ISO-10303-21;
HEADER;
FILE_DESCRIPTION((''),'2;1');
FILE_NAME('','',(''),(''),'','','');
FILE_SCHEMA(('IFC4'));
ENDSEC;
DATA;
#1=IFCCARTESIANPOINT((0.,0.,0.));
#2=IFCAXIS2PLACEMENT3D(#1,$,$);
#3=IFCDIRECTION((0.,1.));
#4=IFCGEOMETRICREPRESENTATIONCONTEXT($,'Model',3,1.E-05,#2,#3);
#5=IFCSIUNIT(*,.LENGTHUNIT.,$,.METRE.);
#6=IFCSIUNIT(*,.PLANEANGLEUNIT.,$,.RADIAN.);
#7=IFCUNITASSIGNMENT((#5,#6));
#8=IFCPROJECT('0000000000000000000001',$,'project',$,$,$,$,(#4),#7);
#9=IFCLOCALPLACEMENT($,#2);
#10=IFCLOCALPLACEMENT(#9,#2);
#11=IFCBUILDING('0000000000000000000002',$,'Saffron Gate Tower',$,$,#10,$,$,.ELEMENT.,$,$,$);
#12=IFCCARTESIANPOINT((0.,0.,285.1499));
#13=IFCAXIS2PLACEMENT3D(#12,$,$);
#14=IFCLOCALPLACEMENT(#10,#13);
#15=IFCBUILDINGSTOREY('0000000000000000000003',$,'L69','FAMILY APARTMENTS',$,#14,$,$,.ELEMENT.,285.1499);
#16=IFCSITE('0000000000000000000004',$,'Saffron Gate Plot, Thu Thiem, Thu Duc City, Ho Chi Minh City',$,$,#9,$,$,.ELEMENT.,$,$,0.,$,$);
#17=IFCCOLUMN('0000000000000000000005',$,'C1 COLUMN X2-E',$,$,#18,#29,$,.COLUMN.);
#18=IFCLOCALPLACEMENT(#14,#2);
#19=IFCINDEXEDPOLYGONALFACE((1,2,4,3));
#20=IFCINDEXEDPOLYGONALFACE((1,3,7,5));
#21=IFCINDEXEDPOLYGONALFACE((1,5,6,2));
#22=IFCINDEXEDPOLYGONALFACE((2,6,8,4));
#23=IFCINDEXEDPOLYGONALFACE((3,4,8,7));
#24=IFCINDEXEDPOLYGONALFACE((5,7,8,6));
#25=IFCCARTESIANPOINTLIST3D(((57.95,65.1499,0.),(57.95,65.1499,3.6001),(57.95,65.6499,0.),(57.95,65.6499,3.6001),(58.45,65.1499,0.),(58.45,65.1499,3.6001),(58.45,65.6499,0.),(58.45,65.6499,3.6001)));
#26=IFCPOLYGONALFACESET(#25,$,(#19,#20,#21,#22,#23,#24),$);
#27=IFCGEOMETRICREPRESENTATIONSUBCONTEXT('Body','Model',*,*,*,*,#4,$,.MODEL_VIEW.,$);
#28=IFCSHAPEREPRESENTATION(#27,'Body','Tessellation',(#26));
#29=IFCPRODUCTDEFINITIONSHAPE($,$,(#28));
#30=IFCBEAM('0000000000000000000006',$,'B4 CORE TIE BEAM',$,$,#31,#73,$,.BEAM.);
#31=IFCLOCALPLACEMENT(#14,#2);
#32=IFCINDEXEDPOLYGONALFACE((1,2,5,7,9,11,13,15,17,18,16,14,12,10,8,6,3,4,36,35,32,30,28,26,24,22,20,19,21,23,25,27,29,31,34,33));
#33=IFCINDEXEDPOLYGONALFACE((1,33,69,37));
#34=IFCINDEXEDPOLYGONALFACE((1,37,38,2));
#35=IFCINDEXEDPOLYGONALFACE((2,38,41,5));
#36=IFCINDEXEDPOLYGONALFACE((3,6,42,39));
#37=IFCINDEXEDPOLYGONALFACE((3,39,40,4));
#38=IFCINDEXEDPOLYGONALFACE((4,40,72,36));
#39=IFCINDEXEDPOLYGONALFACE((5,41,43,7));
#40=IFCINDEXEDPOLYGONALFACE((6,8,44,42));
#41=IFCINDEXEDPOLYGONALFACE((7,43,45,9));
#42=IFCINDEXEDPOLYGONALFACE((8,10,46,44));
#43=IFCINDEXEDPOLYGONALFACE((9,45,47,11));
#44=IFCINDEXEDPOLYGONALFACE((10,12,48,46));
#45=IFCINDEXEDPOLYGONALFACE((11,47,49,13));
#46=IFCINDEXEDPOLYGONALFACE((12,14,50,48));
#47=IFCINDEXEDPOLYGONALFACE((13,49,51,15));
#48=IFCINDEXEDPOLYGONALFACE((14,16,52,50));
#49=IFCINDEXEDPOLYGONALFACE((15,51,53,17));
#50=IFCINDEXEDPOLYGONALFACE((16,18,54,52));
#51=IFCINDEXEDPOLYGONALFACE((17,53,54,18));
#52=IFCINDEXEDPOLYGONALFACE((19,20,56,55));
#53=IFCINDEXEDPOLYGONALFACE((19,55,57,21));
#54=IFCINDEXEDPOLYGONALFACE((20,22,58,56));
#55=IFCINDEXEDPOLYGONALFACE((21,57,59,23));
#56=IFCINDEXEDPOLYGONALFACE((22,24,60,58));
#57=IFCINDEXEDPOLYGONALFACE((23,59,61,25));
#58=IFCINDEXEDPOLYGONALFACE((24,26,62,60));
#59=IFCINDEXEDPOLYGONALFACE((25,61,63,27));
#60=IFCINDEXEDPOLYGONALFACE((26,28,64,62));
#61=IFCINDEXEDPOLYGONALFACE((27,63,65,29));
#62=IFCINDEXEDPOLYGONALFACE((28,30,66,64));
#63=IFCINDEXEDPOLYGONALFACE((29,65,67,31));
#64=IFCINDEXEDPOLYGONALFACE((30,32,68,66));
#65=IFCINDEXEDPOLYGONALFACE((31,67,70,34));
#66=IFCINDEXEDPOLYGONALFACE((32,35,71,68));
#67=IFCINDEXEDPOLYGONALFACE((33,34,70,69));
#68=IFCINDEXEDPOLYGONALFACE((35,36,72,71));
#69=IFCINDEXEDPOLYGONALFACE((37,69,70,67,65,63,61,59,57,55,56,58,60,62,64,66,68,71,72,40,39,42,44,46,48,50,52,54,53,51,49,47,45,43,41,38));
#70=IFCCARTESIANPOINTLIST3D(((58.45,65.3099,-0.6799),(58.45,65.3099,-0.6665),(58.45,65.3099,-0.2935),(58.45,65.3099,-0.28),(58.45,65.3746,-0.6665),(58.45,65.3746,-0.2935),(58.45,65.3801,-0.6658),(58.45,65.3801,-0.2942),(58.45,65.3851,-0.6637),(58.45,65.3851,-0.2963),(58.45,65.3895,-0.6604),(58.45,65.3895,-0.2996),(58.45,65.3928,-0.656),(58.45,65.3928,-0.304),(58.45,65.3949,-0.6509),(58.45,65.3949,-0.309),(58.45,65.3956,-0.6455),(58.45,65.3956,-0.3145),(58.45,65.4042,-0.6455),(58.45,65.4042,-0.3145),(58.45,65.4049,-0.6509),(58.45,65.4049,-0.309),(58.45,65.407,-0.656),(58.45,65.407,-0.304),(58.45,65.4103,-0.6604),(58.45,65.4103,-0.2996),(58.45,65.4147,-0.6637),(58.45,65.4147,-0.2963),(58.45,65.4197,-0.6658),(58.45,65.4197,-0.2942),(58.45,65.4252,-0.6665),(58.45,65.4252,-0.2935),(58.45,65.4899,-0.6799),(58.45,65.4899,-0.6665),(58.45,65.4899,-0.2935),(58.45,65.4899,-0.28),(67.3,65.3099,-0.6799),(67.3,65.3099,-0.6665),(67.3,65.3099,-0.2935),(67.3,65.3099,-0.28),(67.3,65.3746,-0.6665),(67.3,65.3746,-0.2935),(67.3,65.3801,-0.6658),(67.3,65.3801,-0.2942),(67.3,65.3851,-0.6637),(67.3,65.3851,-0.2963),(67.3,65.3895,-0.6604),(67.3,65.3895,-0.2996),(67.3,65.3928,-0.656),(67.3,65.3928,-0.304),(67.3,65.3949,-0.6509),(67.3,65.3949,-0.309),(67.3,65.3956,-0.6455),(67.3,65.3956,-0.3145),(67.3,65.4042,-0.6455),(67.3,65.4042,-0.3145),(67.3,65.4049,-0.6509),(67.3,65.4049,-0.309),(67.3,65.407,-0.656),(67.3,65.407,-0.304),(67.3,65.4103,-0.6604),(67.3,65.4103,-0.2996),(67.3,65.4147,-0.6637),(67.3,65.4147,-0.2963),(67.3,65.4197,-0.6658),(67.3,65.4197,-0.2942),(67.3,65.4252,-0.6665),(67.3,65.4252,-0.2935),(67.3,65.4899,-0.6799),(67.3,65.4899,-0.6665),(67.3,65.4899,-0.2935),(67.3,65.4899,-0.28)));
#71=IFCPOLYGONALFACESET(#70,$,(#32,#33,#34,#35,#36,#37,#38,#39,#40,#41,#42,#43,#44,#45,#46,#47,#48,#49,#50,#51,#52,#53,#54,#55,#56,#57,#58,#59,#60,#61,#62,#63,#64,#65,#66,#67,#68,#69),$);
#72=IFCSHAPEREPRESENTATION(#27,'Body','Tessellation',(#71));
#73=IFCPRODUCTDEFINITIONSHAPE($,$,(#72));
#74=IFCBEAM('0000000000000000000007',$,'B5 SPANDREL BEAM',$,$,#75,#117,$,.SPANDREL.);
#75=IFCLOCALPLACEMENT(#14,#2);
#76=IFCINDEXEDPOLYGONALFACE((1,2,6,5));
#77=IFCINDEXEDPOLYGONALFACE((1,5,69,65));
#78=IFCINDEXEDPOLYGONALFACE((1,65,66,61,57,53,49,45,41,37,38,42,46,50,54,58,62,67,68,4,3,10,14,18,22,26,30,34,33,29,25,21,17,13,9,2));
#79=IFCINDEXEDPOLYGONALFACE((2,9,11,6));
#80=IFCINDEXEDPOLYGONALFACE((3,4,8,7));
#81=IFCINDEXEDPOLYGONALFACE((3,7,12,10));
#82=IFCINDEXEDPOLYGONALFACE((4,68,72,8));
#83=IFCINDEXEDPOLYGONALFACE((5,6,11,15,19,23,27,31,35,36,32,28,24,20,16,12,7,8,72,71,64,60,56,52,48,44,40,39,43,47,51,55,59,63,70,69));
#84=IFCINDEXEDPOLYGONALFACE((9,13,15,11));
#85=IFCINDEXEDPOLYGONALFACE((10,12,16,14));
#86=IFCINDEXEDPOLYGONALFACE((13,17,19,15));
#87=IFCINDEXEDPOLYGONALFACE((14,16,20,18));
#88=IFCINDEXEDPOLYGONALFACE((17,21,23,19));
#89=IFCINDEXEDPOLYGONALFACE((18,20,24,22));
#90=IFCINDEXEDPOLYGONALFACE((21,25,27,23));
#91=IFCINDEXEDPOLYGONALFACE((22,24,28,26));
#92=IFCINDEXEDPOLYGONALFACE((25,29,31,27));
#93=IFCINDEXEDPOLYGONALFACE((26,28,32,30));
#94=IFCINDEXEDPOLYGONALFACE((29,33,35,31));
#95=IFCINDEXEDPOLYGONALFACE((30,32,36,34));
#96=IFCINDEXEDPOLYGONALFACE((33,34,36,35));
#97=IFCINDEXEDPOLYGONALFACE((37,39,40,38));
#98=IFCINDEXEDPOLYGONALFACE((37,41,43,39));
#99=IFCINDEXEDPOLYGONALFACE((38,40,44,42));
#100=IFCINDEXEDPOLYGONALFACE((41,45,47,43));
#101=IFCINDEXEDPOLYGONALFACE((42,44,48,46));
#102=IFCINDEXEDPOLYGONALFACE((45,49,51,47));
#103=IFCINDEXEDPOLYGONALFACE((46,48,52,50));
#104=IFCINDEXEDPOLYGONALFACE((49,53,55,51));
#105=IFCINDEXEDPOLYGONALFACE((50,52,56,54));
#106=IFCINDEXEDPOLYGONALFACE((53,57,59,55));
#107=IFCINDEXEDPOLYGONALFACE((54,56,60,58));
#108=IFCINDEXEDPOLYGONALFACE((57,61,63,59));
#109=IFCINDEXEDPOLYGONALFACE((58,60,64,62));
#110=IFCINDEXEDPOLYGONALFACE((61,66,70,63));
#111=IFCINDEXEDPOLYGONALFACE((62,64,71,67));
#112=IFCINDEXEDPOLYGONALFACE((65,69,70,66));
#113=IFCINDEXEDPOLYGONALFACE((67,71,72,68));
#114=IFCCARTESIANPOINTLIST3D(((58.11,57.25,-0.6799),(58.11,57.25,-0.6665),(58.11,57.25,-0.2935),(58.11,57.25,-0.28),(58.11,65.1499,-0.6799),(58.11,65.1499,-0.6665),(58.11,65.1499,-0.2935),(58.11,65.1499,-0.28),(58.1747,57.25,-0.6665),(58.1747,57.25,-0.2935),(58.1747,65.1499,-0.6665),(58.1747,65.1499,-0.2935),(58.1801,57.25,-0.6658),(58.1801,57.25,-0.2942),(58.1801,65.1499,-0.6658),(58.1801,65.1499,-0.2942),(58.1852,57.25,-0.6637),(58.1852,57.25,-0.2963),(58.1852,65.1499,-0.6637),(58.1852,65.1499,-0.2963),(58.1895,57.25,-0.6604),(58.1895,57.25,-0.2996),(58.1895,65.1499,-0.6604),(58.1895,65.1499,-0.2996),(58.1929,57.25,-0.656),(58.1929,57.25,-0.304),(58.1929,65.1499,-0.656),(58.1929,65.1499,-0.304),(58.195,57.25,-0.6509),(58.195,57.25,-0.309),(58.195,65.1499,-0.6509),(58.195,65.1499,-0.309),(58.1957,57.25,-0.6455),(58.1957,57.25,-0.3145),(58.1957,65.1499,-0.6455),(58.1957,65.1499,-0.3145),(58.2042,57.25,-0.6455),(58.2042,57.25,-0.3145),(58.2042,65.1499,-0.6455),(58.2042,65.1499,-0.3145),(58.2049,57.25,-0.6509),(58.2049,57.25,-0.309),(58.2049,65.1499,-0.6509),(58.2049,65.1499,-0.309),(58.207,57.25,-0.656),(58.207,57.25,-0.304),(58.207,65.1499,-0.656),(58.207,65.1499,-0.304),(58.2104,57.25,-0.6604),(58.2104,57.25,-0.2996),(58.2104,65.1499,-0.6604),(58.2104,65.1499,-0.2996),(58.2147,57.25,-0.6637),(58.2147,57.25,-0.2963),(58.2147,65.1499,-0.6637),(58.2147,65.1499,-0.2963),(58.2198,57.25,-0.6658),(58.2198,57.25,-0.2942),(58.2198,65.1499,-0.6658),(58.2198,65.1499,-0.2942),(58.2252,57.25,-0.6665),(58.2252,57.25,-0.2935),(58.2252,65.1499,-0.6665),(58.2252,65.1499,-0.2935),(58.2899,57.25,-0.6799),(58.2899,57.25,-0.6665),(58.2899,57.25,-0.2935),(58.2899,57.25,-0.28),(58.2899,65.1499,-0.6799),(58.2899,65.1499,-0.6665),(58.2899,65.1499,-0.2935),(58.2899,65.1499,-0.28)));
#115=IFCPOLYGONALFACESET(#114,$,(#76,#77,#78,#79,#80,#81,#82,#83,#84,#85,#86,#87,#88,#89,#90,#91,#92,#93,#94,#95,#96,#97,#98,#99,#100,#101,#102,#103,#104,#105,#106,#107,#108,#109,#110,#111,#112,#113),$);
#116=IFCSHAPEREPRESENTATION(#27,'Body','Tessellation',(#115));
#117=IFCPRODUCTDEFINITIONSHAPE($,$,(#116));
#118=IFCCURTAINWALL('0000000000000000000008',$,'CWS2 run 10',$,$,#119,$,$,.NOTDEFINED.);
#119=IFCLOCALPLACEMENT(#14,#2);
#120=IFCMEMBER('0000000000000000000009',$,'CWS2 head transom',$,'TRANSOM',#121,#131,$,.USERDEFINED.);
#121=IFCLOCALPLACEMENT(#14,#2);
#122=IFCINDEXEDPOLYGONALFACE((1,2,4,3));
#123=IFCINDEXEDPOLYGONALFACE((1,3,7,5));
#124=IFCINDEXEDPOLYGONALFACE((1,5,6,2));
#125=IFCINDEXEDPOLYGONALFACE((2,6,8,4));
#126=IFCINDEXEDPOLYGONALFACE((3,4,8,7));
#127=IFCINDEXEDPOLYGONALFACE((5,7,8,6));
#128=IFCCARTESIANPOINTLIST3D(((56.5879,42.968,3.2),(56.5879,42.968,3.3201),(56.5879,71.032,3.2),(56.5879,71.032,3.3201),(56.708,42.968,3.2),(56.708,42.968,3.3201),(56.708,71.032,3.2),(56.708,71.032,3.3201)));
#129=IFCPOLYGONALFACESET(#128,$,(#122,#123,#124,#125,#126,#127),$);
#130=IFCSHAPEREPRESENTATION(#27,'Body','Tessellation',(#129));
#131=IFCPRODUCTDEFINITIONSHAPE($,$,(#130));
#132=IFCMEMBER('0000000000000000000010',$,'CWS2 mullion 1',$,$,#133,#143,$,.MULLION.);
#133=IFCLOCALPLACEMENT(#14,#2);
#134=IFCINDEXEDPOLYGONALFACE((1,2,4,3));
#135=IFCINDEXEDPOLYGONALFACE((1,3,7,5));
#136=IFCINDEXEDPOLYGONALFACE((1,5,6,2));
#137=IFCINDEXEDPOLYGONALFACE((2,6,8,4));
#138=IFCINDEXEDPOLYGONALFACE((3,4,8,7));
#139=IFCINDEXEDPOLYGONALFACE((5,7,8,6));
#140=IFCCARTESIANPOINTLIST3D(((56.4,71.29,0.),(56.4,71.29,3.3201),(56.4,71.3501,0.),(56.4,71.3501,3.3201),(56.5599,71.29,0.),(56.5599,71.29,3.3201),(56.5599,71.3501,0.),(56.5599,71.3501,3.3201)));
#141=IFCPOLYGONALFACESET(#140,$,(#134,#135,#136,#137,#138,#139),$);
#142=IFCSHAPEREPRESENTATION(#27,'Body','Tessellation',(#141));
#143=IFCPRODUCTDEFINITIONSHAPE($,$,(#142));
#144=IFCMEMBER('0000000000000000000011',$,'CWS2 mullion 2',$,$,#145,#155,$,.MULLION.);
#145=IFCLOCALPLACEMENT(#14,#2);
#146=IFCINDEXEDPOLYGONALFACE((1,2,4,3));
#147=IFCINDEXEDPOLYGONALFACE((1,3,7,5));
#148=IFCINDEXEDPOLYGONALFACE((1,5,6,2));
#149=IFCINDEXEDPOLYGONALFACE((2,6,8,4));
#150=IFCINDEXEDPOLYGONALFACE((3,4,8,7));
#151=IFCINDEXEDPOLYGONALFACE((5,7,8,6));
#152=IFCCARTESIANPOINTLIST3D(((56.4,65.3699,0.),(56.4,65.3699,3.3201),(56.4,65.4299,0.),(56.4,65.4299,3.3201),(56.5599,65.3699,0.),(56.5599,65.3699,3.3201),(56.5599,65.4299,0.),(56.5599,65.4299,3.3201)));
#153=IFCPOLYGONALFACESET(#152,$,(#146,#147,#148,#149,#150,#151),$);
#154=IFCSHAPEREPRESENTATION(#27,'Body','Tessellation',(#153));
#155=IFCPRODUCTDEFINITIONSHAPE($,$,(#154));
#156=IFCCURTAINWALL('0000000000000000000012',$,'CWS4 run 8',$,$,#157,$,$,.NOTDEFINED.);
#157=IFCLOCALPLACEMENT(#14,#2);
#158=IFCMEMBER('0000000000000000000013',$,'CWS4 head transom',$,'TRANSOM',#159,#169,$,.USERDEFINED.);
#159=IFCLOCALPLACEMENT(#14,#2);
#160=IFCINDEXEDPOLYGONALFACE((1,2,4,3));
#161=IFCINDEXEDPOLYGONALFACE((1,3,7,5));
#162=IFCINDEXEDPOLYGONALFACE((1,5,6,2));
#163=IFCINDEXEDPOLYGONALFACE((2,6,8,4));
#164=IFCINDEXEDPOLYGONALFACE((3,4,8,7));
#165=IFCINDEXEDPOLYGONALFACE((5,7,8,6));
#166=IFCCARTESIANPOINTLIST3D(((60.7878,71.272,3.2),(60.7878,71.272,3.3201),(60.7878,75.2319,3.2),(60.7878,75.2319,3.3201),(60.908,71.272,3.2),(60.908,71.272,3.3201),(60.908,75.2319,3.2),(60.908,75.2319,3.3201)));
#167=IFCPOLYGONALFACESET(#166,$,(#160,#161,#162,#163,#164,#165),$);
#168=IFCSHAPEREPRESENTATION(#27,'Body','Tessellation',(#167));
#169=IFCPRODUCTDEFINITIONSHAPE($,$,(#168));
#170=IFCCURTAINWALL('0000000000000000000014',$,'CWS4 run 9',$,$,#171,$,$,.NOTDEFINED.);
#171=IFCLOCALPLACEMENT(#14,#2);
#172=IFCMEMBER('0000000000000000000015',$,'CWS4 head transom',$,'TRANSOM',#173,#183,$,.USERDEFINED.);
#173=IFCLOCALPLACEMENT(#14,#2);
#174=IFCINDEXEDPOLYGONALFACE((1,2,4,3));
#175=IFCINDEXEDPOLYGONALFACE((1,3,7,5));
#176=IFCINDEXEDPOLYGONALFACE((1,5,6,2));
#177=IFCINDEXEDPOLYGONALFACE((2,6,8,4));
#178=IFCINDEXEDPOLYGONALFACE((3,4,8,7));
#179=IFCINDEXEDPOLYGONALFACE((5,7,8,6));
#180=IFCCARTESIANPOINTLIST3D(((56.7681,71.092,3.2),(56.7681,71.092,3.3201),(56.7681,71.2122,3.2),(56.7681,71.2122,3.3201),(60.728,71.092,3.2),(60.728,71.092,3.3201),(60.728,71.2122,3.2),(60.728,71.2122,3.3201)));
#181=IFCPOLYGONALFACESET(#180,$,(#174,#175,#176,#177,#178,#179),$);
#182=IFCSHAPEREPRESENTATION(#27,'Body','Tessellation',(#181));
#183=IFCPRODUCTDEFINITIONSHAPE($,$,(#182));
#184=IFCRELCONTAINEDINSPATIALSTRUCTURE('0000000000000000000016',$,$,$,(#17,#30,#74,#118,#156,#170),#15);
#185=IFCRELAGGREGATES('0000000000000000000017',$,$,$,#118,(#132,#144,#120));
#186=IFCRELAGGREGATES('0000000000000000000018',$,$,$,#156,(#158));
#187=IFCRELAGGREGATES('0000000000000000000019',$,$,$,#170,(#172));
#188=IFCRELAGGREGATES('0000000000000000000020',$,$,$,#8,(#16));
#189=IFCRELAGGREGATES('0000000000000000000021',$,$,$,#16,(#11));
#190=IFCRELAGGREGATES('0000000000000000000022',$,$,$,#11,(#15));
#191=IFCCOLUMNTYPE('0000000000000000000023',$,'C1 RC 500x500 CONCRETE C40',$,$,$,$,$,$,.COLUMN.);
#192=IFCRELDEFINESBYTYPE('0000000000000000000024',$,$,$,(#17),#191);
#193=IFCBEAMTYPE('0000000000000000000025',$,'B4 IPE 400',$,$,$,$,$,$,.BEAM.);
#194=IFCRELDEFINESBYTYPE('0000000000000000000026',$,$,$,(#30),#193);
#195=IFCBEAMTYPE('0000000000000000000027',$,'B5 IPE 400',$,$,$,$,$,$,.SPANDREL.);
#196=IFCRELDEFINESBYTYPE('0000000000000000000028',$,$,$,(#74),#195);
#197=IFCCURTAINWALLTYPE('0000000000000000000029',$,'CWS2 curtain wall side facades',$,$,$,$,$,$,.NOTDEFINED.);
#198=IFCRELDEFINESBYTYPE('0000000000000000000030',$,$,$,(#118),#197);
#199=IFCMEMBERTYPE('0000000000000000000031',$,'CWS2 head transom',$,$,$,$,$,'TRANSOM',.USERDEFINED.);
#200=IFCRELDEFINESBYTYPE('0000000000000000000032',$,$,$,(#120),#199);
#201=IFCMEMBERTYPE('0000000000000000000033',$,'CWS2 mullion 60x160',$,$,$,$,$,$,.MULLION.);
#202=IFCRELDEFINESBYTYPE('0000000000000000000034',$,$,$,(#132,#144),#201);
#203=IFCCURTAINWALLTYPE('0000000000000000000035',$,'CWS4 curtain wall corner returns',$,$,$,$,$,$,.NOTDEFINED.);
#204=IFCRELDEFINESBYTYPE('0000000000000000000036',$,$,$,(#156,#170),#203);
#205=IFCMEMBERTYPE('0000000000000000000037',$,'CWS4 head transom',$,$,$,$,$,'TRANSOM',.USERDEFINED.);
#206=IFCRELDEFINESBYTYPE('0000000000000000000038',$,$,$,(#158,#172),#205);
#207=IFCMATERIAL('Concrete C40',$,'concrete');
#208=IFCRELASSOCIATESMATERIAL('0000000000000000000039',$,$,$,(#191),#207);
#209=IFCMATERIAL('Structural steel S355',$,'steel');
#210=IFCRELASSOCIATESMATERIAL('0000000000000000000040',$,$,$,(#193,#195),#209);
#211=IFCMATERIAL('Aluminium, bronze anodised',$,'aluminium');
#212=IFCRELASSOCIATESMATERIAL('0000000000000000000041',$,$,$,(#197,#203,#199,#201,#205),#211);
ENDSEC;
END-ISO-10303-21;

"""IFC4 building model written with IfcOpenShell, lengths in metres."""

from ifc_helpers import new_model, si_unit, direction, frame, origin, origin_2d, place, context, subcontext, project, spatial, rectangle, i_section, extrude, material, material_profile, profile_set, type_object, element, aggregate, save


model = new_model("IFC4")

# Units and contexts
model_context = context("Model", 3, precision=1e-05, world=origin(), true_north=direction((0.0, 1.0)))
body_context = subcontext(model_context, "Body", "Model", "MODEL_VIEW")
ifc_project = project(units=[si_unit("LENGTHUNIT", "METRE"), si_unit("PLANEANGLEUNIT", "RADIAN")], contexts=[model_context])

# Site, building, storey
site_placement = place(None, origin())
site = spatial("IfcSite", under=ifc_project, at=site_placement, Name="Saffron Gate Plot, Thu Thiem, Thu Duc City, Ho Chi Minh City", CompositionType="ELEMENT", RefElevation=0.0)
building_placement = place(site_placement, origin())
building = spatial("IfcBuilding", under=site, at=building_placement, Name="Saffron Gate Tower", CompositionType="ELEMENT")
storey_placement = place(building_placement, frame((0.0, 0.0, 285.1499)))
storey = spatial("IfcBuildingStorey", under=building, at=storey_placement, Name="L69", Description="FAMILY APARTMENTS", CompositionType="ELEMENT", Elevation=285.1499)

# Column
ifc_material_1 = material(Name="Concrete C40", Category="concrete")
ifc_material_profile_1 = material_profile(ifc_material_1, rectangle(XDim=0.5, YDim=0.5, at=origin_2d()))
ifc_profile_set_1 = profile_set([ifc_material_profile_1], Name="Concrete C40")
column_type = type_object("IfcColumnType", Name="C1 RC 500x500 CONCRETE C40", PredefinedType="COLUMN", material=ifc_profile_set_1)
column_placement = place(storey_placement, frame((58.2, 65.3999, 0.0), z_axis=(0.0, 0.0, 1.0), x_axis=(1.0, 0.0, 0.0)))
element("IfcColumn", 1, at=column_placement, inside=storey, type_object=column_type, Name="C1 COLUMN X2-E", PredefinedType="COLUMN", context=body_context, shape_type="SweptSolid", body=[
    extrude(rectangle(XDim=0.5, YDim=0.5, at=origin_2d()), origin(), (0.0, 0.0, 1.0), 3.6001),
])

# Beams
ifc_material_2 = material(Name="Structural steel S355", Category="steel")
ifc_material_profile_2 = material_profile(ifc_material_2, i_section(OverallWidth=0.1799, OverallDepth=0.3999, WebThickness=0.0085, FlangeThickness=0.0134, FilletRadius=0.021, at=origin_2d()))
ifc_profile_set_2 = profile_set([ifc_material_profile_2], Name="Structural steel S355")
beam_type_1 = type_object("IfcBeamType", Name="B4 IPE 400", PredefinedType="BEAM", material=ifc_profile_set_2)
beam_1_placement = place(storey_placement, frame((58.45, 65.3999, -0.48), z_axis=(1.0, 0.0, 0.0), x_axis=(0.0, 1.0, 0.0)))
element("IfcBeam", 2, at=beam_1_placement, inside=storey, type_object=beam_type_1, Name="B4 CORE TIE BEAM", PredefinedType="BEAM", context=body_context, shape_type="SweptSolid", body=[
    extrude(i_section(OverallWidth=0.1799, OverallDepth=0.3999, WebThickness=0.0085, FlangeThickness=0.0134, FilletRadius=0.021, at=origin_2d()), origin(), (0.0, 0.0, 1.0), 8.8501),
])
ifc_material_profile_3 = material_profile(ifc_material_2, i_section(OverallWidth=0.1799, OverallDepth=0.3999, WebThickness=0.0085, FlangeThickness=0.0134, FilletRadius=0.021, at=origin_2d()))
ifc_profile_set_3 = profile_set([ifc_material_profile_3], Name="Structural steel S355")
beam_type_2 = type_object("IfcBeamType", Name="B5 IPE 400", PredefinedType="SPANDREL", material=ifc_profile_set_3)
beam_2_placement = place(storey_placement, frame((58.2, 57.25, -0.48), z_axis=(0.0, 1.0, 0.0), x_axis=(-1.0, 0.0, 0.0)))
element("IfcBeam", 3, at=beam_2_placement, inside=storey, type_object=beam_type_2, Name="B5 SPANDREL BEAM", PredefinedType="SPANDREL", context=body_context, shape_type="SweptSolid", body=[
    extrude(i_section(OverallWidth=0.1799, OverallDepth=0.3999, WebThickness=0.0085, FlangeThickness=0.0134, FilletRadius=0.021, at=origin_2d()), origin(), (0.0, 0.0, 1.0), 7.8999),
])

# Curtain wall, members
ifc_material_3 = material(Name="Aluminium, bronze anodised", Category="aluminium")
curtain_wall_type_1 = type_object("IfcCurtainWallType", Name="CWS2 curtain wall side facades", PredefinedType="NOTDEFINED", material=ifc_material_3)
curtain_wall_1_placement = place(storey_placement, origin())
curtain_wall_1 = element("IfcCurtainWall", 4, at=curtain_wall_1_placement, inside=storey, type_object=curtain_wall_type_1, Name="CWS2 run 10", PredefinedType="NOTDEFINED")
ifc_material_profile_4 = material_profile(ifc_material_3, rectangle(XDim=0.1201, YDim=0.1201, at=origin_2d()))
ifc_profile_set_4 = profile_set([ifc_material_profile_4], Name="Aluminium, bronze anodised")
member_type_1 = type_object("IfcMemberType", Name="CWS2 head transom", ElementType="TRANSOM", PredefinedType="USERDEFINED", material=ifc_profile_set_4)
member_1_placement = place(storey_placement, frame((56.6479, 71.032, 3.26), z_axis=(0.0, -1.0, 0.0), x_axis=(1.0, 0.0, 0.0)))
member_1 = element("IfcMember", 5, at=member_1_placement, type_object=member_type_1, Name="CWS2 head transom", ObjectType="TRANSOM", PredefinedType="USERDEFINED", context=body_context, shape_type="SweptSolid", body=[
    extrude(rectangle(XDim=0.1201, YDim=0.1201, at=origin_2d()), origin(), (0.0, 0.0, 1.0), 28.064),
])
ifc_material_profile_5 = material_profile(ifc_material_3, rectangle(XDim=0.1599, YDim=0.0601, at=origin_2d()))
ifc_profile_set_5 = profile_set([ifc_material_profile_5], Name="Aluminium, bronze anodised")
member_type_2 = type_object("IfcMemberType", Name="CWS2 mullion 60x160", PredefinedType="MULLION", material=ifc_profile_set_5)
member_2_placement = place(storey_placement, frame((56.48, 71.3201, 0.0), z_axis=(0.0, 0.0, 1.0), x_axis=(1.0, 0.0, 0.0)))
member_2 = element("IfcMember", 6, at=member_2_placement, type_object=member_type_2, Name="CWS2 mullion 1", PredefinedType="MULLION", context=body_context, shape_type="SweptSolid", body=[
    extrude(rectangle(XDim=0.1599, YDim=0.0601, at=origin_2d()), origin(), (0.0, 0.0, 1.0), 3.3201),
])
member_3_placement = place(storey_placement, frame((56.48, 65.3999, 0.0), z_axis=(0.0, 0.0, 1.0), x_axis=(1.0, 0.0, 0.0)))
member_3 = element("IfcMember", 7, at=member_3_placement, type_object=member_type_2, Name="CWS2 mullion 2", PredefinedType="MULLION", context=body_context, shape_type="SweptSolid", body=[
    extrude(rectangle(XDim=0.1599, YDim=0.0601, at=origin_2d()), origin(), (0.0, 0.0, 1.0), 3.3201),
])

# Curtain walls, members
curtain_wall_type_2 = type_object("IfcCurtainWallType", Name="CWS4 curtain wall corner returns", PredefinedType="NOTDEFINED", material=ifc_material_3)
curtain_wall_2_placement = place(storey_placement, origin())
curtain_wall_2 = element("IfcCurtainWall", 8, at=curtain_wall_2_placement, inside=storey, type_object=curtain_wall_type_2, Name="CWS4 run 8", PredefinedType="NOTDEFINED")
ifc_material_profile_6 = material_profile(ifc_material_3, rectangle(XDim=0.1201, YDim=0.1201, at=origin_2d()))
ifc_profile_set_6 = profile_set([ifc_material_profile_6], Name="Aluminium, bronze anodised")
member_type_3 = type_object("IfcMemberType", Name="CWS4 head transom", ElementType="TRANSOM", PredefinedType="USERDEFINED", material=ifc_profile_set_6)
member_4_placement = place(storey_placement, frame((60.8479, 75.2319, 3.26), z_axis=(0.0, -1.0, 0.0), x_axis=(1.0, 0.0, 0.0)))
member_4 = element("IfcMember", 9, at=member_4_placement, type_object=member_type_3, Name="CWS4 head transom", ObjectType="TRANSOM", PredefinedType="USERDEFINED", context=body_context, shape_type="SweptSolid", body=[
    extrude(rectangle(XDim=0.1201, YDim=0.1201, at=origin_2d()), origin(), (0.0, 0.0, 1.0), 3.96),
])
curtain_wall_3_placement = place(storey_placement, origin())
curtain_wall_3 = element("IfcCurtainWall", 10, at=curtain_wall_3_placement, inside=storey, type_object=curtain_wall_type_2, Name="CWS4 run 9", PredefinedType="NOTDEFINED")
member_5_placement = place(storey_placement, frame((60.728, 71.1521, 3.26), z_axis=(-1.0, 0.0, 0.0), x_axis=(0.0, -1.0, 0.0)))
member_5 = element("IfcMember", 11, at=member_5_placement, type_object=member_type_3, Name="CWS4 head transom", ObjectType="TRANSOM", PredefinedType="USERDEFINED", context=body_context, shape_type="SweptSolid", body=[
    extrude(rectangle(XDim=0.1201, YDim=0.1201, at=origin_2d()), origin(), (0.0, 0.0, 1.0), 3.96),
])

aggregate(curtain_wall_1, [member_2, member_3, member_1])

aggregate(curtain_wall_2, [member_4])
aggregate(curtain_wall_3, [member_5])

save(model, "model.ifc")
